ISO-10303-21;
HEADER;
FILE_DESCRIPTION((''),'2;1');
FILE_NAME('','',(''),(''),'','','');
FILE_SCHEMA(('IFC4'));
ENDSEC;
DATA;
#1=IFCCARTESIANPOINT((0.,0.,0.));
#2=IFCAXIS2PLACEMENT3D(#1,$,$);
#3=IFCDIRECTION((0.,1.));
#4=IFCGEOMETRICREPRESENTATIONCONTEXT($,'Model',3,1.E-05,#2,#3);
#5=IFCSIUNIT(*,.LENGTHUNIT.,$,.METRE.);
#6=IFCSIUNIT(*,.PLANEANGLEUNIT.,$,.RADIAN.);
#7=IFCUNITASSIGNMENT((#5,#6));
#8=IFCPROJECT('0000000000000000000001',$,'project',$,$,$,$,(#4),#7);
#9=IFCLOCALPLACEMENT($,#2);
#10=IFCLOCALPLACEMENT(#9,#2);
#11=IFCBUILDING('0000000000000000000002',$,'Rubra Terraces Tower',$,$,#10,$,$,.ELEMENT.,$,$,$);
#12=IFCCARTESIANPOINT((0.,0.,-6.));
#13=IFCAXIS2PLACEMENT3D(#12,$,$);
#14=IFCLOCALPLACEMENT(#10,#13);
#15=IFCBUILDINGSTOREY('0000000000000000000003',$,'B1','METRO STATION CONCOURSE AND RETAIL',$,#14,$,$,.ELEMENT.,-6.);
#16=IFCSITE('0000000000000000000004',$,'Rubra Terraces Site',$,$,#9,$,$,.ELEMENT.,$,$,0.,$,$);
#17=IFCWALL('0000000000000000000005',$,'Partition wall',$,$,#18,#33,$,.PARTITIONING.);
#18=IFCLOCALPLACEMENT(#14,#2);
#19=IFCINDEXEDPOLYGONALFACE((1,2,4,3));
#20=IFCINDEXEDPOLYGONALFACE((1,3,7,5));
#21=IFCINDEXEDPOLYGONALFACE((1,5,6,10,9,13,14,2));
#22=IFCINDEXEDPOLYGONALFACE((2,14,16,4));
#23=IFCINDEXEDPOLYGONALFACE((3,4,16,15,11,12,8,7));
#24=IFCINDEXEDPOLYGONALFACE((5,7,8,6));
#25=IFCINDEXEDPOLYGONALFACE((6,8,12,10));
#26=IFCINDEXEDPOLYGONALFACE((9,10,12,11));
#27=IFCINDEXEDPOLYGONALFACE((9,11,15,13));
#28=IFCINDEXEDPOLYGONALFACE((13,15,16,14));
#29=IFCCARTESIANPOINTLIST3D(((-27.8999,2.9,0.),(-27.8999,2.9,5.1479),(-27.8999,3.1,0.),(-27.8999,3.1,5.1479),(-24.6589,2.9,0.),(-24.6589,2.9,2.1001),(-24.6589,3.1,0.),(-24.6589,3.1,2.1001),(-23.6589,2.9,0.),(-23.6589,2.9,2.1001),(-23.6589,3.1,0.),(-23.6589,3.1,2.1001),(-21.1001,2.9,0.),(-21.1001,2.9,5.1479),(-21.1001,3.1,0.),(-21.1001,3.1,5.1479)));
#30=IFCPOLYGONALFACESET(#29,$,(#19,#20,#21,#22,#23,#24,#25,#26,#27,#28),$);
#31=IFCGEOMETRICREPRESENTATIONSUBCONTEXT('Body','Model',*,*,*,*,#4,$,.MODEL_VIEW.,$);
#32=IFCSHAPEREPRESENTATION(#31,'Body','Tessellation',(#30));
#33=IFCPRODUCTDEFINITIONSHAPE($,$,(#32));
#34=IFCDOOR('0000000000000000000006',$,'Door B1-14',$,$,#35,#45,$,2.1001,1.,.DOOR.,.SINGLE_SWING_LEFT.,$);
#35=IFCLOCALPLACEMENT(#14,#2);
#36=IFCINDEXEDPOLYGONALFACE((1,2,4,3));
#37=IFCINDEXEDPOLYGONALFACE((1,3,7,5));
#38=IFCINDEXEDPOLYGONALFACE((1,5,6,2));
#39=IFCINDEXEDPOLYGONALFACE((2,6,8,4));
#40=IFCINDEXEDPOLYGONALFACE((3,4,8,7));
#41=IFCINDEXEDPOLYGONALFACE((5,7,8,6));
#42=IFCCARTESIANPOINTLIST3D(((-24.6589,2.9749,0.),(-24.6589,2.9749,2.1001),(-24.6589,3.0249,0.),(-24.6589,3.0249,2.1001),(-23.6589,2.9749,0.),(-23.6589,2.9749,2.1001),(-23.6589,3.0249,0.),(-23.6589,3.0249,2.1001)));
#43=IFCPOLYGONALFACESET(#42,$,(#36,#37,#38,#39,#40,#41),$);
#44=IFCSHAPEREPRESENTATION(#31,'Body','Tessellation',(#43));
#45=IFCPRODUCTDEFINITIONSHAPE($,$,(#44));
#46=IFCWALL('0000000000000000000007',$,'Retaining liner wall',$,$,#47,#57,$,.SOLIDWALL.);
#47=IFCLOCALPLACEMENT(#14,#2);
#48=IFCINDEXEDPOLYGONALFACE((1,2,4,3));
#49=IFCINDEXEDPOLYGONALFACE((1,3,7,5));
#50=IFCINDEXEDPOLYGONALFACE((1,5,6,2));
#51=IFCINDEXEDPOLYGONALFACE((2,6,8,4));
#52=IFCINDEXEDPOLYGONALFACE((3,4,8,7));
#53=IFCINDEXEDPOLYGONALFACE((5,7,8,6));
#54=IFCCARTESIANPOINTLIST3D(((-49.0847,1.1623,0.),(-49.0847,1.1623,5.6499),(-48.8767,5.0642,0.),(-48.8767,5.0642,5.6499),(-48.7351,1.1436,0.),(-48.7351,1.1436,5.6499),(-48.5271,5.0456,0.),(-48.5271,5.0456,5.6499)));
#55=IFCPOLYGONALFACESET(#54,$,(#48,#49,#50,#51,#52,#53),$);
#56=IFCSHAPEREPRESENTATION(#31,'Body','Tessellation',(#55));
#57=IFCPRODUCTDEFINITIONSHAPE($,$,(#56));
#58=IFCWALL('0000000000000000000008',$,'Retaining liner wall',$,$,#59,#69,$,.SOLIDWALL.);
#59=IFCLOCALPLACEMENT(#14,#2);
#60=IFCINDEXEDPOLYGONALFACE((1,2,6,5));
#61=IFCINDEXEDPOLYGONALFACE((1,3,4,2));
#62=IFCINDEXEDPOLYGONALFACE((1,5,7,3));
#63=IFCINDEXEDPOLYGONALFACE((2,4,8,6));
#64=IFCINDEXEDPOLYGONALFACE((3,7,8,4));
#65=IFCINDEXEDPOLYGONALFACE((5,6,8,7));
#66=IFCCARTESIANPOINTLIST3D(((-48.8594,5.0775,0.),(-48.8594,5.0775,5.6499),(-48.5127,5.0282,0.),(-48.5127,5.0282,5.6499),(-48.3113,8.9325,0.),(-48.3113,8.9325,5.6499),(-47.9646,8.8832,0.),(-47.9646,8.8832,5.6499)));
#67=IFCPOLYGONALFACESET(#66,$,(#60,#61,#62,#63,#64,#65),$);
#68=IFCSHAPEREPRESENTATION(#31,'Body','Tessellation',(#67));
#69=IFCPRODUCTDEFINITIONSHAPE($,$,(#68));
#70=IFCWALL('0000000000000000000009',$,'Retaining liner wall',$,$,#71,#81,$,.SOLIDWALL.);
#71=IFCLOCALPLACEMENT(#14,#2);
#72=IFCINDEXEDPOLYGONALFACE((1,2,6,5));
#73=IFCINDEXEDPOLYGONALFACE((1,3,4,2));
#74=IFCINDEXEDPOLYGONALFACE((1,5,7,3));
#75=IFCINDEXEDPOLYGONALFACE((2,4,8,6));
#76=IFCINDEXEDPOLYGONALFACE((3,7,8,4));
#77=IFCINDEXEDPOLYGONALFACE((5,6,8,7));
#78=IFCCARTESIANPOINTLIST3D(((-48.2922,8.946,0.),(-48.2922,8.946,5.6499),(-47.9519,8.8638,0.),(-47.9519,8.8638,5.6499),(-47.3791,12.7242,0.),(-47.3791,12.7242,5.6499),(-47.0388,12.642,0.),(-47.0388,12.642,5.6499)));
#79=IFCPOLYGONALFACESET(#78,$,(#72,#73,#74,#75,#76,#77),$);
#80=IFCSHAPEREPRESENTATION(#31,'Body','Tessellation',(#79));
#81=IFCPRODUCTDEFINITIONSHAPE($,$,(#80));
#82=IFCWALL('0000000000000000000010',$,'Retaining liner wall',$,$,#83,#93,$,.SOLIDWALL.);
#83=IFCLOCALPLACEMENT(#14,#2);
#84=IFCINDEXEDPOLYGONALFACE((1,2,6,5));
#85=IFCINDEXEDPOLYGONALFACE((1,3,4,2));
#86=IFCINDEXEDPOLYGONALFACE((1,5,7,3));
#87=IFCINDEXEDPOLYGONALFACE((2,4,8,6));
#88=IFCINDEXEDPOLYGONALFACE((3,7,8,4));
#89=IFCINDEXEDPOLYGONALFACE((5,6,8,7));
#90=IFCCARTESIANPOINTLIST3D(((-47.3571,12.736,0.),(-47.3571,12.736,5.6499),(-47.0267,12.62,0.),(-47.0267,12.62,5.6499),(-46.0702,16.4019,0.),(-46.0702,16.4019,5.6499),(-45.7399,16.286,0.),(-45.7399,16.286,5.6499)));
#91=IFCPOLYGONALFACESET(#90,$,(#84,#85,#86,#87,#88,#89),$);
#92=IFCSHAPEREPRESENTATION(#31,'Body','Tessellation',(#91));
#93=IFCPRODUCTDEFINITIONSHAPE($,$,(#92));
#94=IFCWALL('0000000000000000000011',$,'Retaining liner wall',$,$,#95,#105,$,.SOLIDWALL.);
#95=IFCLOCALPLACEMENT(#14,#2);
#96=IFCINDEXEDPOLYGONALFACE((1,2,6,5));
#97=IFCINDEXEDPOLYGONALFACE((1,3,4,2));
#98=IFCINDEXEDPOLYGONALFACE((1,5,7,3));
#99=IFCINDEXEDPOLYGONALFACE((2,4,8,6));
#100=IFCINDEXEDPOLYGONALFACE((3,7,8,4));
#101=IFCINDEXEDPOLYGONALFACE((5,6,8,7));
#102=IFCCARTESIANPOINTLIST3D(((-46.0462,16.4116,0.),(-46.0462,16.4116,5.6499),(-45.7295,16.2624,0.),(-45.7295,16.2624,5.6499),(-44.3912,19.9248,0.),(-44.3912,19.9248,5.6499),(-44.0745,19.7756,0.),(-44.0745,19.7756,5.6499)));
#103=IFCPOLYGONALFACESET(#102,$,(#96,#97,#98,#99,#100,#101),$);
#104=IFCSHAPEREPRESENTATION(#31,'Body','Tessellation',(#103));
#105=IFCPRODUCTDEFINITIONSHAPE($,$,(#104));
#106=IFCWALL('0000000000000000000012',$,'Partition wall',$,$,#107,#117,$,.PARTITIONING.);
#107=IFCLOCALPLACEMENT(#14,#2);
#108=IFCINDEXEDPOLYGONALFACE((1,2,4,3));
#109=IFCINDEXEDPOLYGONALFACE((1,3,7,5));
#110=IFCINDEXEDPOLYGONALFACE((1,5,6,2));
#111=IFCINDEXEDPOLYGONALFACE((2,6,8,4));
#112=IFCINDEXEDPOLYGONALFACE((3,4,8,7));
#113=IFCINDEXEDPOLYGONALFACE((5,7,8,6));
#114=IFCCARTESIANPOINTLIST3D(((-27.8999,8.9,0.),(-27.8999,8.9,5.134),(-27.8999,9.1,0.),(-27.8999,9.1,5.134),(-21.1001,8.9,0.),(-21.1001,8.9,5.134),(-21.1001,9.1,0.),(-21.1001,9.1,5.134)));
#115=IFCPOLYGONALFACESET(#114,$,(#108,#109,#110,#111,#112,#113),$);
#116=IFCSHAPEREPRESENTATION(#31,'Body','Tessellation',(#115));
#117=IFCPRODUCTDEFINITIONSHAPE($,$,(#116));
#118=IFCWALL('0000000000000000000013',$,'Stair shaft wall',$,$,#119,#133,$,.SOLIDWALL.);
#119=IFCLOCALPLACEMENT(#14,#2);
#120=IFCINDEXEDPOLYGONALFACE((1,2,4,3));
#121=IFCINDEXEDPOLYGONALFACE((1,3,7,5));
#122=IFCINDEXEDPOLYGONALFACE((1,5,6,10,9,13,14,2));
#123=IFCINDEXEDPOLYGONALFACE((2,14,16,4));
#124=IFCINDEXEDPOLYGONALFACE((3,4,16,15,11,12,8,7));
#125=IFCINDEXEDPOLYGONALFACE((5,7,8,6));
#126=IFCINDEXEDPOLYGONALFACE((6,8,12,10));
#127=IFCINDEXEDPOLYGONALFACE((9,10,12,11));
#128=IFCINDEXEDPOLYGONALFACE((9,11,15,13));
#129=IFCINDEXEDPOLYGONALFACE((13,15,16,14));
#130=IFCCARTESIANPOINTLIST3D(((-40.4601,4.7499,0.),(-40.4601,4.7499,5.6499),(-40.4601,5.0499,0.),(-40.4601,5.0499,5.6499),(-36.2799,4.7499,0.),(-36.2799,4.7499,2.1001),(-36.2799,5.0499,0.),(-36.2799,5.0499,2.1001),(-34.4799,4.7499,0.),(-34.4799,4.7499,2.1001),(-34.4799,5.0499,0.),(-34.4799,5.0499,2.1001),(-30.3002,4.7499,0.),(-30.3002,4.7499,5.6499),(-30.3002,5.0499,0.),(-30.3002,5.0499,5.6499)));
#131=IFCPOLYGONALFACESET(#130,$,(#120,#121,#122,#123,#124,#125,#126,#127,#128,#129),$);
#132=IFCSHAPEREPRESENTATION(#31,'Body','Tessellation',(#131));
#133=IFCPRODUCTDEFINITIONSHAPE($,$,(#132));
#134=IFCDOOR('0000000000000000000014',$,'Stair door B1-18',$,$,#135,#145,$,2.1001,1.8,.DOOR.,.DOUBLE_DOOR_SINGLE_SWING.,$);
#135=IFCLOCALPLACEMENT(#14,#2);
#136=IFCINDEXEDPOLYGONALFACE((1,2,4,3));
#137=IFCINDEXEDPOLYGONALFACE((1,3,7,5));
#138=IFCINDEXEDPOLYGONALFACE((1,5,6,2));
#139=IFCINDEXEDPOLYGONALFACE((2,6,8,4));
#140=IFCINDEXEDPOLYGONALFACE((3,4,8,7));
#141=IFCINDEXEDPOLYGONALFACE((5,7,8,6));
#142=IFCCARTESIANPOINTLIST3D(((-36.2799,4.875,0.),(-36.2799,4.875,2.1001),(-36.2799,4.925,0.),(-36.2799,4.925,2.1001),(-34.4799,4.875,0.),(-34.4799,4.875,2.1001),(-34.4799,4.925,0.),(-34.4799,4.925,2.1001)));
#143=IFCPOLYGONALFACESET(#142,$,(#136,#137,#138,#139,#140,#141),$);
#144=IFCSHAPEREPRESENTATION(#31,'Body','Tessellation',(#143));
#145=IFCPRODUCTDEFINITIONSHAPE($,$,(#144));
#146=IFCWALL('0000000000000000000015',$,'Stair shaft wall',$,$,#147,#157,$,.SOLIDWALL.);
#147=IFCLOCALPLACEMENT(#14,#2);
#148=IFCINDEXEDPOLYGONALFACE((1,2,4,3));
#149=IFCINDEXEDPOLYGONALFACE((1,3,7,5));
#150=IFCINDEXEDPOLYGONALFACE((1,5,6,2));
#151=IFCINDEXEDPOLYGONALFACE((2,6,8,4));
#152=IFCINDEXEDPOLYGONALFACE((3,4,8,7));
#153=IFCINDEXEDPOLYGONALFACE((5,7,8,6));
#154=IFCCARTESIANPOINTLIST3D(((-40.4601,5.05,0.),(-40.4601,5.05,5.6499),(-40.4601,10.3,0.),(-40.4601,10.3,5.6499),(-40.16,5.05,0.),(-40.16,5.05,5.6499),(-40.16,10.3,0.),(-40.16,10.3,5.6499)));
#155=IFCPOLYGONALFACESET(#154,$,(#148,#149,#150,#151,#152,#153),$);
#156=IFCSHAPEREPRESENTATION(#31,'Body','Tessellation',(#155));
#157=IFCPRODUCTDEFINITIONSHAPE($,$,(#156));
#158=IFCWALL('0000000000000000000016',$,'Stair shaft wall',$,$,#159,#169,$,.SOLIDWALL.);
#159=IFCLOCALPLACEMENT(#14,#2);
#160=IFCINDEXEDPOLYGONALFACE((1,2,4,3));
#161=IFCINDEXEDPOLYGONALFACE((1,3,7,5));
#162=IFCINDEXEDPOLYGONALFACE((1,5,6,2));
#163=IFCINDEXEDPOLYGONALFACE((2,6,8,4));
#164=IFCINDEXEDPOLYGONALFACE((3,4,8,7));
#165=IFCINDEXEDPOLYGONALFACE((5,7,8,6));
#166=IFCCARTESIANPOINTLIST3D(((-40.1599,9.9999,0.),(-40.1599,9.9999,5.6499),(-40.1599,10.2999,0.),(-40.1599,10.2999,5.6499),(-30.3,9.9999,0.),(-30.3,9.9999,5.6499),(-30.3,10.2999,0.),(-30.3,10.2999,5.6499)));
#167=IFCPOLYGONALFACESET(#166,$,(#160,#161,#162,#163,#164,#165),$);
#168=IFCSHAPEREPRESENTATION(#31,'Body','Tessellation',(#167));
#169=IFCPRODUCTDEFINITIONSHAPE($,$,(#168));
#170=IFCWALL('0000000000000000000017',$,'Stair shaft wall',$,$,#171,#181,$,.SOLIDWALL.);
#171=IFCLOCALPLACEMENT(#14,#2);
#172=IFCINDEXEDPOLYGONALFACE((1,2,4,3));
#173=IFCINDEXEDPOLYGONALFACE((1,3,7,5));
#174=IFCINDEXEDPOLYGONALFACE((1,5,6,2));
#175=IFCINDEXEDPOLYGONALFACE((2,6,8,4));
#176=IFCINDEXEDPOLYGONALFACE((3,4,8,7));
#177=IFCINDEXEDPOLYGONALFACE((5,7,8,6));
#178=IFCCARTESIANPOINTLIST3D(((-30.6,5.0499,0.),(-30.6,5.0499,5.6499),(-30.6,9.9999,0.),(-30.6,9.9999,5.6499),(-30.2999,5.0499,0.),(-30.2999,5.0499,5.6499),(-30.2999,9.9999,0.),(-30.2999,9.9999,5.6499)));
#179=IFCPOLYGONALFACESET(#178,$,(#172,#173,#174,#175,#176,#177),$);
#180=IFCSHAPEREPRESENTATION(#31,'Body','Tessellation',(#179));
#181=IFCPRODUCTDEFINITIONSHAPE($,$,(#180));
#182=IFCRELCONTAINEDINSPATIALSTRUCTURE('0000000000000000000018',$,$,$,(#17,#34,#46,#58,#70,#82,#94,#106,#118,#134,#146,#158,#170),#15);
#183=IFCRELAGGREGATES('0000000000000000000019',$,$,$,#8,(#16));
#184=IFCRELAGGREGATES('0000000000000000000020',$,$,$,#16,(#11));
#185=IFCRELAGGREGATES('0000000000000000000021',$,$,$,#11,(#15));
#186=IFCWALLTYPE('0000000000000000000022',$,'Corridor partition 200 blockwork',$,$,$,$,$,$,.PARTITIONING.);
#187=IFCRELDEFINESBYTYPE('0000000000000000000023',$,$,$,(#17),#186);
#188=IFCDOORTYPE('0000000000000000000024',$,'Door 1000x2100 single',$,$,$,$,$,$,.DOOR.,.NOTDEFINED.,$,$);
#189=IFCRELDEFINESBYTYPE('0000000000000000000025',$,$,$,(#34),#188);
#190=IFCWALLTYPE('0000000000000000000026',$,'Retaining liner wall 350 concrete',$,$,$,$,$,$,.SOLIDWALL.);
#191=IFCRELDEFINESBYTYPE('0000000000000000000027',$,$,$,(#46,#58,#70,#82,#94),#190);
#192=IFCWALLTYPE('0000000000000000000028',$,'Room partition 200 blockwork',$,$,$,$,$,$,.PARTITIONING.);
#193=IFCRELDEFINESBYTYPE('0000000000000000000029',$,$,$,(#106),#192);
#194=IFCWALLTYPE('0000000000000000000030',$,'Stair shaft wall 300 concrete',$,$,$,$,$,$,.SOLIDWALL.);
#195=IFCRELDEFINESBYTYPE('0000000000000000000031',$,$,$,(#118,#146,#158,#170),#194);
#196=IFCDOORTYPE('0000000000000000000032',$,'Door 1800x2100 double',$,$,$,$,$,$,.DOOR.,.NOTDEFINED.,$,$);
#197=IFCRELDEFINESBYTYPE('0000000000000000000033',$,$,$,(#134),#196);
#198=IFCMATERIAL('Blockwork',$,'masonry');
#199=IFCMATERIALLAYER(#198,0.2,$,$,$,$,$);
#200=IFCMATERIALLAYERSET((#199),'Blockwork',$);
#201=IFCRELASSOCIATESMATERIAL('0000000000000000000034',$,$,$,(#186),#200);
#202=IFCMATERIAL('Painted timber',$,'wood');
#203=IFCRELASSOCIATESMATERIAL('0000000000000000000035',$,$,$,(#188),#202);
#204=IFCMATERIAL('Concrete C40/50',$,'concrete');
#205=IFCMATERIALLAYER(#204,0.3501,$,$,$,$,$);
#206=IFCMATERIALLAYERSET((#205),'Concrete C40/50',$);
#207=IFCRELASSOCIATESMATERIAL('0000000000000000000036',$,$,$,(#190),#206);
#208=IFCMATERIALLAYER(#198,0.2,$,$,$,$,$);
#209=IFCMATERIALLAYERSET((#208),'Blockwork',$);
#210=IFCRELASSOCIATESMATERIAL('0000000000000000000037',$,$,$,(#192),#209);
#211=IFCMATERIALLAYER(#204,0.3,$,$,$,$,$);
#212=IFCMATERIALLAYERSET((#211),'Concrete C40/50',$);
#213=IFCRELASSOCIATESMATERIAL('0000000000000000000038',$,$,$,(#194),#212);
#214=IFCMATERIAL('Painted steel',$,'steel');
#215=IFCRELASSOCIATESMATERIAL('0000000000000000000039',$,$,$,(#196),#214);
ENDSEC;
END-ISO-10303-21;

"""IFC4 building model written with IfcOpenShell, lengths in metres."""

from ifc_helpers import new_model, si_unit, direction, frame, frame_2d, origin, place, context, subcontext, project, spatial, rectangle, extrude, material, layer, layer_set, type_object, element, fill, save


model = new_model("IFC4")

# Units and contexts
model_context = context("Model", 3, precision=1e-05, world=origin(), true_north=direction((0.0, 1.0)))
body_context = subcontext(model_context, "Body", "Model", "MODEL_VIEW")
ifc_project = project(units=[si_unit("LENGTHUNIT", "METRE"), si_unit("PLANEANGLEUNIT", "RADIAN")], contexts=[model_context])

# Site, building, storey
site_placement = place(None, origin())
site = spatial("IfcSite", under=ifc_project, at=site_placement, Name="Rubra Terraces Site", CompositionType="ELEMENT", RefElevation=0.0)
building_placement = place(site_placement, origin())
building = spatial("IfcBuilding", under=site, at=building_placement, Name="Rubra Terraces Tower", CompositionType="ELEMENT")
storey_placement = place(building_placement, frame((0.0, 0.0, -6.0)))
storey = spatial("IfcBuildingStorey", under=building, at=storey_placement, Name="B1", Description="METRO STATION CONCOURSE AND RETAIL", CompositionType="ELEMENT", Elevation=-6.0)

# Shared definitions
ifc_material_1 = material(Name="Concrete C40/50", Category="concrete")

# Wall, opening, door
ifc_material_2 = material(Name="Blockwork", Category="masonry")
ifc_layer_1 = layer(ifc_material_2, 0.2)
ifc_layer_set_1 = layer_set([ifc_layer_1], Name="Blockwork")
wall_type_1 = type_object("IfcWallType", Name="Corridor partition 200 blockwork", PredefinedType="PARTITIONING", material=ifc_layer_set_1)
wall_1_placement = place(storey_placement, frame((-27.8999, 3.0, 0.0), z_axis=(0.0, 0.0, 1.0), x_axis=(1.0, 0.0, 0.0)))
wall_1 = element("IfcWall", 1, at=wall_1_placement, inside=storey, type_object=wall_type_1, Name="Partition wall", PredefinedType="PARTITIONING", context=body_context, shape_type="SweptSolid", body=[
    extrude(rectangle(XDim=6.7998, YDim=0.2, at=frame_2d((3.3999, 0.0))), origin(), (0.0, 0.0, 1.0), 5.1479),
])
opening_1_placement = place(wall_1_placement, frame((3.241, 0.0, 0.0)))
opening_1 = element("IfcOpeningElement", 2, at=opening_1_placement, cuts=wall_1, PredefinedType="OPENING", context=body_context, shape_type="SweptSolid", body=[
    extrude(rectangle(XDim=1.0, YDim=2.1001, at=frame_2d((0.5, 1.05))), frame((0.0, 0.1099, 0.0), z_axis=(0.0, -1.0, 0.0), x_axis=(1.0, 0.0, 0.0)), (0.0, 0.0, 1.0), 0.22),
])
ifc_material_3 = material(Name="Painted timber", Category="wood")
door_type_1 = type_object("IfcDoorType", Name="Door 1000x2100 single", OperationType="NOTDEFINED", PredefinedType="DOOR", material=ifc_material_3)
door_1_placement = place(opening_1_placement, origin())
door_1 = element("IfcDoor", 3, at=door_1_placement, inside=storey, type_object=door_type_1, Name="Door B1-14", OperationType="SINGLE_SWING_LEFT", OverallHeight=2.1001, OverallWidth=1.0, PredefinedType="DOOR", context=body_context, shape_type="SweptSolid", body=[
    extrude(rectangle(XDim=1.0, YDim=2.1001, at=frame_2d((0.5, 1.05))), frame((0.0, 0.0249, 0.0), z_axis=(0.0, -1.0, 0.0), x_axis=(1.0, 0.0, 0.0)), (0.0, 0.0, 1.0), 0.05),
])
fill(opening_1, door_1)

# Walls
ifc_layer_2 = layer(ifc_material_1, 0.3501)
ifc_layer_set_2 = layer_set([ifc_layer_2], Name="Concrete C40/50")
wall_type_2 = type_object("IfcWallType", Name="Retaining liner wall 350 concrete", PredefinedType="SOLIDWALL", material=ifc_layer_set_2)
wall_2_placement = place(storey_placement, frame((-48.9099, 1.1531, 0.0), z_axis=(0.0, 0.0, 1.0), x_axis=(0.053234, 0.998582, 0.0)))
element("IfcWall", 4, at=wall_2_placement, inside=storey, type_object=wall_type_2, Name="Retaining liner wall", PredefinedType="SOLIDWALL", context=body_context, shape_type="SweptSolid", body=[
    extrude(rectangle(XDim=3.9075, YDim=0.3501, at=frame_2d((1.9536, 0.0))), origin(), (0.0, 0.0, 1.0), 5.6499),
])
wall_3_placement = place(storey_placement, frame((-48.686, 5.053, 0.0), z_axis=(0.0, 0.0, 1.0), x_axis=(0.140763, 0.990043, 0.0)))
element("IfcWall", 5, at=wall_3_placement, inside=storey, type_object=wall_type_2, Name="Retaining liner wall", PredefinedType="SOLIDWALL", context=body_context, shape_type="SweptSolid", body=[
    extrude(rectangle(XDim=3.8938, YDim=0.3501, at=frame_2d((1.9468, 0.0))), origin(), (0.0, 0.0, 1.0), 5.6499),
])
wall_4_placement = place(storey_placement, frame((-48.1221, 8.905, 0.0), z_axis=(0.0, 0.0, 1.0), x_axis=(0.234917, 0.972015, 0.0)))
element("IfcWall", 6, at=wall_4_placement, inside=storey, type_object=wall_type_2, Name="Retaining liner wall", PredefinedType="SOLIDWALL", context=body_context, shape_type="SweptSolid", body=[
    extrude(rectangle(XDim=3.887, YDim=0.3501, at=frame_2d((1.9434, 0.0))), origin(), (0.0, 0.0, 1.0), 5.6499),
])
wall_5_placement = place(storey_placement, frame((-47.1919, 12.678, 0.0), z_axis=(0.0, 0.0, 1.0), x_axis=(0.331212, 0.943556, 0.0)))
element("IfcWall", 7, at=wall_5_placement, inside=storey, type_object=wall_type_2, Name="Retaining liner wall", PredefinedType="SOLIDWALL", context=body_context, shape_type="SweptSolid", body=[
    extrude(rectangle(XDim=3.8853, YDim=0.3501, at=frame_2d((1.9426, 0.0))), origin(), (0.0, 0.0, 1.0), 5.6499),
])
wall_6_placement = place(storey_placement, frame((-45.8879, 16.3369, 0.0), z_axis=(0.0, 0.0, 1.0), x_axis=(0.426169, 0.904643, 0.0)))
element("IfcWall", 8, at=wall_6_placement, inside=storey, type_object=wall_type_2, Name="Retaining liner wall", PredefinedType="SOLIDWALL", context=body_context, shape_type="SweptSolid", body=[
    extrude(rectangle(XDim=3.8835, YDim=0.3501, at=frame_2d((1.9419, 0.0))), origin(), (0.0, 0.0, 1.0), 5.6499),
])
ifc_layer_3 = layer(ifc_material_2, 0.2)
ifc_layer_set_3 = layer_set([ifc_layer_3], Name="Blockwork")
wall_type_3 = type_object("IfcWallType", Name="Room partition 200 blockwork", PredefinedType="PARTITIONING", material=ifc_layer_set_3)
wall_7_placement = place(storey_placement, frame((-27.8999, 9.0, 0.0), z_axis=(0.0, 0.0, 1.0), x_axis=(1.0, 0.0, 0.0)))
element("IfcWall", 9, at=wall_7_placement, inside=storey, type_object=wall_type_3, Name="Partition wall", PredefinedType="PARTITIONING", context=body_context, shape_type="SweptSolid", body=[
    extrude(rectangle(XDim=6.7998, YDim=0.2, at=frame_2d((3.3999, 0.0))), origin(), (0.0, 0.0, 1.0), 5.134),
])

# Wall, opening, door
ifc_layer_4 = layer(ifc_material_1, 0.3)
ifc_layer_set_4 = layer_set([ifc_layer_4], Name="Concrete C40/50")
wall_type_4 = type_object("IfcWallType", Name="Stair shaft wall 300 concrete", PredefinedType="SOLIDWALL", material=ifc_layer_set_4)
wall_8_placement = place(storey_placement, frame((-30.3, 4.8999, 0.0), z_axis=(0.0, 0.0, 1.0), x_axis=(-1.0, 0.0, 0.0)))
wall_8 = element("IfcWall", 10, at=wall_8_placement, inside=storey, type_object=wall_type_4, Name="Stair shaft wall", PredefinedType="SOLIDWALL", context=body_context, shape_type="SweptSolid", body=[
    extrude(rectangle(XDim=10.1599, YDim=0.3, at=frame_2d((5.0801, 0.0))), origin(), (0.0, 0.0, 1.0), 5.6499),
])
opening_2_placement = place(wall_8_placement, frame((4.1799, 0.0, 0.0)))
opening_2 = element("IfcOpeningElement", 11, at=opening_2_placement, cuts=wall_8, PredefinedType="OPENING", context=body_context, shape_type="SweptSolid", body=[
    extrude(rectangle(XDim=1.8, YDim=2.1001, at=frame_2d((0.8999, 1.05))), frame((0.0, 0.1599, 0.0), z_axis=(0.0, -1.0, 0.0), x_axis=(1.0, 0.0, 0.0)), (0.0, 0.0, 1.0), 0.3201),
])
ifc_material_4 = material(Name="Painted steel", Category="steel")
door_type_2 = type_object("IfcDoorType", Name="Door 1800x2100 double", OperationType="NOTDEFINED", PredefinedType="DOOR", material=ifc_material_4)
door_2_placement = place(opening_2_placement, origin())
door_2 = element("IfcDoor", 12, at=door_2_placement, inside=storey, type_object=door_type_2, Name="Stair door B1-18", OperationType="DOUBLE_DOOR_SINGLE_SWING", OverallHeight=2.1001, OverallWidth=1.8, PredefinedType="DOOR", context=body_context, shape_type="SweptSolid", body=[
    extrude(rectangle(XDim=1.8, YDim=2.1001, at=frame_2d((0.8999, 1.05))), frame((0.0, 0.0249, 0.0), z_axis=(0.0, -1.0, 0.0), x_axis=(1.0, 0.0, 0.0)), (0.0, 0.0, 1.0), 0.05),
])
fill(opening_2, door_2)

# Walls
wall_9_placement = place(storey_placement, frame((-40.3101, 5.05, 0.0), z_axis=(0.0, 0.0, 1.0), x_axis=(0.0, 1.0, 0.0)))
element("IfcWall", 13, at=wall_9_placement, inside=storey, type_object=wall_type_4, Name="Stair shaft wall", PredefinedType="SOLIDWALL", context=body_context, shape_type="SweptSolid", body=[
    extrude(rectangle(XDim=5.25, YDim=0.3, at=frame_2d((2.625, 0.0))), origin(), (0.0, 0.0, 1.0), 5.6499),
])
wall_10_placement = place(storey_placement, frame((-40.1599, 10.1499, 0.0), z_axis=(0.0, 0.0, 1.0), x_axis=(1.0, 0.0, 0.0)))
element("IfcWall", 14, at=wall_10_placement, inside=storey, type_object=wall_type_4, Name="Stair shaft wall", PredefinedType="SOLIDWALL", context=body_context, shape_type="SweptSolid", body=[
    extrude(rectangle(XDim=9.8599, YDim=0.3, at=frame_2d((4.9299, 0.0))), origin(), (0.0, 0.0, 1.0), 5.6499),
])
wall_11_placement = place(storey_placement, frame((-30.45, 10.0, 0.0), z_axis=(0.0, 0.0, 1.0), x_axis=(0.0, -1.0, 0.0)))
element("IfcWall", 15, at=wall_11_placement, inside=storey, type_object=wall_type_4, Name="Stair shaft wall", PredefinedType="SOLIDWALL", context=body_context, shape_type="SweptSolid", body=[
    extrude(rectangle(XDim=4.95, YDim=0.3, at=frame_2d((2.4751, 0.0))), origin(), (0.0, 0.0, 1.0), 5.6499),
])

save(model, "model.ifc")
